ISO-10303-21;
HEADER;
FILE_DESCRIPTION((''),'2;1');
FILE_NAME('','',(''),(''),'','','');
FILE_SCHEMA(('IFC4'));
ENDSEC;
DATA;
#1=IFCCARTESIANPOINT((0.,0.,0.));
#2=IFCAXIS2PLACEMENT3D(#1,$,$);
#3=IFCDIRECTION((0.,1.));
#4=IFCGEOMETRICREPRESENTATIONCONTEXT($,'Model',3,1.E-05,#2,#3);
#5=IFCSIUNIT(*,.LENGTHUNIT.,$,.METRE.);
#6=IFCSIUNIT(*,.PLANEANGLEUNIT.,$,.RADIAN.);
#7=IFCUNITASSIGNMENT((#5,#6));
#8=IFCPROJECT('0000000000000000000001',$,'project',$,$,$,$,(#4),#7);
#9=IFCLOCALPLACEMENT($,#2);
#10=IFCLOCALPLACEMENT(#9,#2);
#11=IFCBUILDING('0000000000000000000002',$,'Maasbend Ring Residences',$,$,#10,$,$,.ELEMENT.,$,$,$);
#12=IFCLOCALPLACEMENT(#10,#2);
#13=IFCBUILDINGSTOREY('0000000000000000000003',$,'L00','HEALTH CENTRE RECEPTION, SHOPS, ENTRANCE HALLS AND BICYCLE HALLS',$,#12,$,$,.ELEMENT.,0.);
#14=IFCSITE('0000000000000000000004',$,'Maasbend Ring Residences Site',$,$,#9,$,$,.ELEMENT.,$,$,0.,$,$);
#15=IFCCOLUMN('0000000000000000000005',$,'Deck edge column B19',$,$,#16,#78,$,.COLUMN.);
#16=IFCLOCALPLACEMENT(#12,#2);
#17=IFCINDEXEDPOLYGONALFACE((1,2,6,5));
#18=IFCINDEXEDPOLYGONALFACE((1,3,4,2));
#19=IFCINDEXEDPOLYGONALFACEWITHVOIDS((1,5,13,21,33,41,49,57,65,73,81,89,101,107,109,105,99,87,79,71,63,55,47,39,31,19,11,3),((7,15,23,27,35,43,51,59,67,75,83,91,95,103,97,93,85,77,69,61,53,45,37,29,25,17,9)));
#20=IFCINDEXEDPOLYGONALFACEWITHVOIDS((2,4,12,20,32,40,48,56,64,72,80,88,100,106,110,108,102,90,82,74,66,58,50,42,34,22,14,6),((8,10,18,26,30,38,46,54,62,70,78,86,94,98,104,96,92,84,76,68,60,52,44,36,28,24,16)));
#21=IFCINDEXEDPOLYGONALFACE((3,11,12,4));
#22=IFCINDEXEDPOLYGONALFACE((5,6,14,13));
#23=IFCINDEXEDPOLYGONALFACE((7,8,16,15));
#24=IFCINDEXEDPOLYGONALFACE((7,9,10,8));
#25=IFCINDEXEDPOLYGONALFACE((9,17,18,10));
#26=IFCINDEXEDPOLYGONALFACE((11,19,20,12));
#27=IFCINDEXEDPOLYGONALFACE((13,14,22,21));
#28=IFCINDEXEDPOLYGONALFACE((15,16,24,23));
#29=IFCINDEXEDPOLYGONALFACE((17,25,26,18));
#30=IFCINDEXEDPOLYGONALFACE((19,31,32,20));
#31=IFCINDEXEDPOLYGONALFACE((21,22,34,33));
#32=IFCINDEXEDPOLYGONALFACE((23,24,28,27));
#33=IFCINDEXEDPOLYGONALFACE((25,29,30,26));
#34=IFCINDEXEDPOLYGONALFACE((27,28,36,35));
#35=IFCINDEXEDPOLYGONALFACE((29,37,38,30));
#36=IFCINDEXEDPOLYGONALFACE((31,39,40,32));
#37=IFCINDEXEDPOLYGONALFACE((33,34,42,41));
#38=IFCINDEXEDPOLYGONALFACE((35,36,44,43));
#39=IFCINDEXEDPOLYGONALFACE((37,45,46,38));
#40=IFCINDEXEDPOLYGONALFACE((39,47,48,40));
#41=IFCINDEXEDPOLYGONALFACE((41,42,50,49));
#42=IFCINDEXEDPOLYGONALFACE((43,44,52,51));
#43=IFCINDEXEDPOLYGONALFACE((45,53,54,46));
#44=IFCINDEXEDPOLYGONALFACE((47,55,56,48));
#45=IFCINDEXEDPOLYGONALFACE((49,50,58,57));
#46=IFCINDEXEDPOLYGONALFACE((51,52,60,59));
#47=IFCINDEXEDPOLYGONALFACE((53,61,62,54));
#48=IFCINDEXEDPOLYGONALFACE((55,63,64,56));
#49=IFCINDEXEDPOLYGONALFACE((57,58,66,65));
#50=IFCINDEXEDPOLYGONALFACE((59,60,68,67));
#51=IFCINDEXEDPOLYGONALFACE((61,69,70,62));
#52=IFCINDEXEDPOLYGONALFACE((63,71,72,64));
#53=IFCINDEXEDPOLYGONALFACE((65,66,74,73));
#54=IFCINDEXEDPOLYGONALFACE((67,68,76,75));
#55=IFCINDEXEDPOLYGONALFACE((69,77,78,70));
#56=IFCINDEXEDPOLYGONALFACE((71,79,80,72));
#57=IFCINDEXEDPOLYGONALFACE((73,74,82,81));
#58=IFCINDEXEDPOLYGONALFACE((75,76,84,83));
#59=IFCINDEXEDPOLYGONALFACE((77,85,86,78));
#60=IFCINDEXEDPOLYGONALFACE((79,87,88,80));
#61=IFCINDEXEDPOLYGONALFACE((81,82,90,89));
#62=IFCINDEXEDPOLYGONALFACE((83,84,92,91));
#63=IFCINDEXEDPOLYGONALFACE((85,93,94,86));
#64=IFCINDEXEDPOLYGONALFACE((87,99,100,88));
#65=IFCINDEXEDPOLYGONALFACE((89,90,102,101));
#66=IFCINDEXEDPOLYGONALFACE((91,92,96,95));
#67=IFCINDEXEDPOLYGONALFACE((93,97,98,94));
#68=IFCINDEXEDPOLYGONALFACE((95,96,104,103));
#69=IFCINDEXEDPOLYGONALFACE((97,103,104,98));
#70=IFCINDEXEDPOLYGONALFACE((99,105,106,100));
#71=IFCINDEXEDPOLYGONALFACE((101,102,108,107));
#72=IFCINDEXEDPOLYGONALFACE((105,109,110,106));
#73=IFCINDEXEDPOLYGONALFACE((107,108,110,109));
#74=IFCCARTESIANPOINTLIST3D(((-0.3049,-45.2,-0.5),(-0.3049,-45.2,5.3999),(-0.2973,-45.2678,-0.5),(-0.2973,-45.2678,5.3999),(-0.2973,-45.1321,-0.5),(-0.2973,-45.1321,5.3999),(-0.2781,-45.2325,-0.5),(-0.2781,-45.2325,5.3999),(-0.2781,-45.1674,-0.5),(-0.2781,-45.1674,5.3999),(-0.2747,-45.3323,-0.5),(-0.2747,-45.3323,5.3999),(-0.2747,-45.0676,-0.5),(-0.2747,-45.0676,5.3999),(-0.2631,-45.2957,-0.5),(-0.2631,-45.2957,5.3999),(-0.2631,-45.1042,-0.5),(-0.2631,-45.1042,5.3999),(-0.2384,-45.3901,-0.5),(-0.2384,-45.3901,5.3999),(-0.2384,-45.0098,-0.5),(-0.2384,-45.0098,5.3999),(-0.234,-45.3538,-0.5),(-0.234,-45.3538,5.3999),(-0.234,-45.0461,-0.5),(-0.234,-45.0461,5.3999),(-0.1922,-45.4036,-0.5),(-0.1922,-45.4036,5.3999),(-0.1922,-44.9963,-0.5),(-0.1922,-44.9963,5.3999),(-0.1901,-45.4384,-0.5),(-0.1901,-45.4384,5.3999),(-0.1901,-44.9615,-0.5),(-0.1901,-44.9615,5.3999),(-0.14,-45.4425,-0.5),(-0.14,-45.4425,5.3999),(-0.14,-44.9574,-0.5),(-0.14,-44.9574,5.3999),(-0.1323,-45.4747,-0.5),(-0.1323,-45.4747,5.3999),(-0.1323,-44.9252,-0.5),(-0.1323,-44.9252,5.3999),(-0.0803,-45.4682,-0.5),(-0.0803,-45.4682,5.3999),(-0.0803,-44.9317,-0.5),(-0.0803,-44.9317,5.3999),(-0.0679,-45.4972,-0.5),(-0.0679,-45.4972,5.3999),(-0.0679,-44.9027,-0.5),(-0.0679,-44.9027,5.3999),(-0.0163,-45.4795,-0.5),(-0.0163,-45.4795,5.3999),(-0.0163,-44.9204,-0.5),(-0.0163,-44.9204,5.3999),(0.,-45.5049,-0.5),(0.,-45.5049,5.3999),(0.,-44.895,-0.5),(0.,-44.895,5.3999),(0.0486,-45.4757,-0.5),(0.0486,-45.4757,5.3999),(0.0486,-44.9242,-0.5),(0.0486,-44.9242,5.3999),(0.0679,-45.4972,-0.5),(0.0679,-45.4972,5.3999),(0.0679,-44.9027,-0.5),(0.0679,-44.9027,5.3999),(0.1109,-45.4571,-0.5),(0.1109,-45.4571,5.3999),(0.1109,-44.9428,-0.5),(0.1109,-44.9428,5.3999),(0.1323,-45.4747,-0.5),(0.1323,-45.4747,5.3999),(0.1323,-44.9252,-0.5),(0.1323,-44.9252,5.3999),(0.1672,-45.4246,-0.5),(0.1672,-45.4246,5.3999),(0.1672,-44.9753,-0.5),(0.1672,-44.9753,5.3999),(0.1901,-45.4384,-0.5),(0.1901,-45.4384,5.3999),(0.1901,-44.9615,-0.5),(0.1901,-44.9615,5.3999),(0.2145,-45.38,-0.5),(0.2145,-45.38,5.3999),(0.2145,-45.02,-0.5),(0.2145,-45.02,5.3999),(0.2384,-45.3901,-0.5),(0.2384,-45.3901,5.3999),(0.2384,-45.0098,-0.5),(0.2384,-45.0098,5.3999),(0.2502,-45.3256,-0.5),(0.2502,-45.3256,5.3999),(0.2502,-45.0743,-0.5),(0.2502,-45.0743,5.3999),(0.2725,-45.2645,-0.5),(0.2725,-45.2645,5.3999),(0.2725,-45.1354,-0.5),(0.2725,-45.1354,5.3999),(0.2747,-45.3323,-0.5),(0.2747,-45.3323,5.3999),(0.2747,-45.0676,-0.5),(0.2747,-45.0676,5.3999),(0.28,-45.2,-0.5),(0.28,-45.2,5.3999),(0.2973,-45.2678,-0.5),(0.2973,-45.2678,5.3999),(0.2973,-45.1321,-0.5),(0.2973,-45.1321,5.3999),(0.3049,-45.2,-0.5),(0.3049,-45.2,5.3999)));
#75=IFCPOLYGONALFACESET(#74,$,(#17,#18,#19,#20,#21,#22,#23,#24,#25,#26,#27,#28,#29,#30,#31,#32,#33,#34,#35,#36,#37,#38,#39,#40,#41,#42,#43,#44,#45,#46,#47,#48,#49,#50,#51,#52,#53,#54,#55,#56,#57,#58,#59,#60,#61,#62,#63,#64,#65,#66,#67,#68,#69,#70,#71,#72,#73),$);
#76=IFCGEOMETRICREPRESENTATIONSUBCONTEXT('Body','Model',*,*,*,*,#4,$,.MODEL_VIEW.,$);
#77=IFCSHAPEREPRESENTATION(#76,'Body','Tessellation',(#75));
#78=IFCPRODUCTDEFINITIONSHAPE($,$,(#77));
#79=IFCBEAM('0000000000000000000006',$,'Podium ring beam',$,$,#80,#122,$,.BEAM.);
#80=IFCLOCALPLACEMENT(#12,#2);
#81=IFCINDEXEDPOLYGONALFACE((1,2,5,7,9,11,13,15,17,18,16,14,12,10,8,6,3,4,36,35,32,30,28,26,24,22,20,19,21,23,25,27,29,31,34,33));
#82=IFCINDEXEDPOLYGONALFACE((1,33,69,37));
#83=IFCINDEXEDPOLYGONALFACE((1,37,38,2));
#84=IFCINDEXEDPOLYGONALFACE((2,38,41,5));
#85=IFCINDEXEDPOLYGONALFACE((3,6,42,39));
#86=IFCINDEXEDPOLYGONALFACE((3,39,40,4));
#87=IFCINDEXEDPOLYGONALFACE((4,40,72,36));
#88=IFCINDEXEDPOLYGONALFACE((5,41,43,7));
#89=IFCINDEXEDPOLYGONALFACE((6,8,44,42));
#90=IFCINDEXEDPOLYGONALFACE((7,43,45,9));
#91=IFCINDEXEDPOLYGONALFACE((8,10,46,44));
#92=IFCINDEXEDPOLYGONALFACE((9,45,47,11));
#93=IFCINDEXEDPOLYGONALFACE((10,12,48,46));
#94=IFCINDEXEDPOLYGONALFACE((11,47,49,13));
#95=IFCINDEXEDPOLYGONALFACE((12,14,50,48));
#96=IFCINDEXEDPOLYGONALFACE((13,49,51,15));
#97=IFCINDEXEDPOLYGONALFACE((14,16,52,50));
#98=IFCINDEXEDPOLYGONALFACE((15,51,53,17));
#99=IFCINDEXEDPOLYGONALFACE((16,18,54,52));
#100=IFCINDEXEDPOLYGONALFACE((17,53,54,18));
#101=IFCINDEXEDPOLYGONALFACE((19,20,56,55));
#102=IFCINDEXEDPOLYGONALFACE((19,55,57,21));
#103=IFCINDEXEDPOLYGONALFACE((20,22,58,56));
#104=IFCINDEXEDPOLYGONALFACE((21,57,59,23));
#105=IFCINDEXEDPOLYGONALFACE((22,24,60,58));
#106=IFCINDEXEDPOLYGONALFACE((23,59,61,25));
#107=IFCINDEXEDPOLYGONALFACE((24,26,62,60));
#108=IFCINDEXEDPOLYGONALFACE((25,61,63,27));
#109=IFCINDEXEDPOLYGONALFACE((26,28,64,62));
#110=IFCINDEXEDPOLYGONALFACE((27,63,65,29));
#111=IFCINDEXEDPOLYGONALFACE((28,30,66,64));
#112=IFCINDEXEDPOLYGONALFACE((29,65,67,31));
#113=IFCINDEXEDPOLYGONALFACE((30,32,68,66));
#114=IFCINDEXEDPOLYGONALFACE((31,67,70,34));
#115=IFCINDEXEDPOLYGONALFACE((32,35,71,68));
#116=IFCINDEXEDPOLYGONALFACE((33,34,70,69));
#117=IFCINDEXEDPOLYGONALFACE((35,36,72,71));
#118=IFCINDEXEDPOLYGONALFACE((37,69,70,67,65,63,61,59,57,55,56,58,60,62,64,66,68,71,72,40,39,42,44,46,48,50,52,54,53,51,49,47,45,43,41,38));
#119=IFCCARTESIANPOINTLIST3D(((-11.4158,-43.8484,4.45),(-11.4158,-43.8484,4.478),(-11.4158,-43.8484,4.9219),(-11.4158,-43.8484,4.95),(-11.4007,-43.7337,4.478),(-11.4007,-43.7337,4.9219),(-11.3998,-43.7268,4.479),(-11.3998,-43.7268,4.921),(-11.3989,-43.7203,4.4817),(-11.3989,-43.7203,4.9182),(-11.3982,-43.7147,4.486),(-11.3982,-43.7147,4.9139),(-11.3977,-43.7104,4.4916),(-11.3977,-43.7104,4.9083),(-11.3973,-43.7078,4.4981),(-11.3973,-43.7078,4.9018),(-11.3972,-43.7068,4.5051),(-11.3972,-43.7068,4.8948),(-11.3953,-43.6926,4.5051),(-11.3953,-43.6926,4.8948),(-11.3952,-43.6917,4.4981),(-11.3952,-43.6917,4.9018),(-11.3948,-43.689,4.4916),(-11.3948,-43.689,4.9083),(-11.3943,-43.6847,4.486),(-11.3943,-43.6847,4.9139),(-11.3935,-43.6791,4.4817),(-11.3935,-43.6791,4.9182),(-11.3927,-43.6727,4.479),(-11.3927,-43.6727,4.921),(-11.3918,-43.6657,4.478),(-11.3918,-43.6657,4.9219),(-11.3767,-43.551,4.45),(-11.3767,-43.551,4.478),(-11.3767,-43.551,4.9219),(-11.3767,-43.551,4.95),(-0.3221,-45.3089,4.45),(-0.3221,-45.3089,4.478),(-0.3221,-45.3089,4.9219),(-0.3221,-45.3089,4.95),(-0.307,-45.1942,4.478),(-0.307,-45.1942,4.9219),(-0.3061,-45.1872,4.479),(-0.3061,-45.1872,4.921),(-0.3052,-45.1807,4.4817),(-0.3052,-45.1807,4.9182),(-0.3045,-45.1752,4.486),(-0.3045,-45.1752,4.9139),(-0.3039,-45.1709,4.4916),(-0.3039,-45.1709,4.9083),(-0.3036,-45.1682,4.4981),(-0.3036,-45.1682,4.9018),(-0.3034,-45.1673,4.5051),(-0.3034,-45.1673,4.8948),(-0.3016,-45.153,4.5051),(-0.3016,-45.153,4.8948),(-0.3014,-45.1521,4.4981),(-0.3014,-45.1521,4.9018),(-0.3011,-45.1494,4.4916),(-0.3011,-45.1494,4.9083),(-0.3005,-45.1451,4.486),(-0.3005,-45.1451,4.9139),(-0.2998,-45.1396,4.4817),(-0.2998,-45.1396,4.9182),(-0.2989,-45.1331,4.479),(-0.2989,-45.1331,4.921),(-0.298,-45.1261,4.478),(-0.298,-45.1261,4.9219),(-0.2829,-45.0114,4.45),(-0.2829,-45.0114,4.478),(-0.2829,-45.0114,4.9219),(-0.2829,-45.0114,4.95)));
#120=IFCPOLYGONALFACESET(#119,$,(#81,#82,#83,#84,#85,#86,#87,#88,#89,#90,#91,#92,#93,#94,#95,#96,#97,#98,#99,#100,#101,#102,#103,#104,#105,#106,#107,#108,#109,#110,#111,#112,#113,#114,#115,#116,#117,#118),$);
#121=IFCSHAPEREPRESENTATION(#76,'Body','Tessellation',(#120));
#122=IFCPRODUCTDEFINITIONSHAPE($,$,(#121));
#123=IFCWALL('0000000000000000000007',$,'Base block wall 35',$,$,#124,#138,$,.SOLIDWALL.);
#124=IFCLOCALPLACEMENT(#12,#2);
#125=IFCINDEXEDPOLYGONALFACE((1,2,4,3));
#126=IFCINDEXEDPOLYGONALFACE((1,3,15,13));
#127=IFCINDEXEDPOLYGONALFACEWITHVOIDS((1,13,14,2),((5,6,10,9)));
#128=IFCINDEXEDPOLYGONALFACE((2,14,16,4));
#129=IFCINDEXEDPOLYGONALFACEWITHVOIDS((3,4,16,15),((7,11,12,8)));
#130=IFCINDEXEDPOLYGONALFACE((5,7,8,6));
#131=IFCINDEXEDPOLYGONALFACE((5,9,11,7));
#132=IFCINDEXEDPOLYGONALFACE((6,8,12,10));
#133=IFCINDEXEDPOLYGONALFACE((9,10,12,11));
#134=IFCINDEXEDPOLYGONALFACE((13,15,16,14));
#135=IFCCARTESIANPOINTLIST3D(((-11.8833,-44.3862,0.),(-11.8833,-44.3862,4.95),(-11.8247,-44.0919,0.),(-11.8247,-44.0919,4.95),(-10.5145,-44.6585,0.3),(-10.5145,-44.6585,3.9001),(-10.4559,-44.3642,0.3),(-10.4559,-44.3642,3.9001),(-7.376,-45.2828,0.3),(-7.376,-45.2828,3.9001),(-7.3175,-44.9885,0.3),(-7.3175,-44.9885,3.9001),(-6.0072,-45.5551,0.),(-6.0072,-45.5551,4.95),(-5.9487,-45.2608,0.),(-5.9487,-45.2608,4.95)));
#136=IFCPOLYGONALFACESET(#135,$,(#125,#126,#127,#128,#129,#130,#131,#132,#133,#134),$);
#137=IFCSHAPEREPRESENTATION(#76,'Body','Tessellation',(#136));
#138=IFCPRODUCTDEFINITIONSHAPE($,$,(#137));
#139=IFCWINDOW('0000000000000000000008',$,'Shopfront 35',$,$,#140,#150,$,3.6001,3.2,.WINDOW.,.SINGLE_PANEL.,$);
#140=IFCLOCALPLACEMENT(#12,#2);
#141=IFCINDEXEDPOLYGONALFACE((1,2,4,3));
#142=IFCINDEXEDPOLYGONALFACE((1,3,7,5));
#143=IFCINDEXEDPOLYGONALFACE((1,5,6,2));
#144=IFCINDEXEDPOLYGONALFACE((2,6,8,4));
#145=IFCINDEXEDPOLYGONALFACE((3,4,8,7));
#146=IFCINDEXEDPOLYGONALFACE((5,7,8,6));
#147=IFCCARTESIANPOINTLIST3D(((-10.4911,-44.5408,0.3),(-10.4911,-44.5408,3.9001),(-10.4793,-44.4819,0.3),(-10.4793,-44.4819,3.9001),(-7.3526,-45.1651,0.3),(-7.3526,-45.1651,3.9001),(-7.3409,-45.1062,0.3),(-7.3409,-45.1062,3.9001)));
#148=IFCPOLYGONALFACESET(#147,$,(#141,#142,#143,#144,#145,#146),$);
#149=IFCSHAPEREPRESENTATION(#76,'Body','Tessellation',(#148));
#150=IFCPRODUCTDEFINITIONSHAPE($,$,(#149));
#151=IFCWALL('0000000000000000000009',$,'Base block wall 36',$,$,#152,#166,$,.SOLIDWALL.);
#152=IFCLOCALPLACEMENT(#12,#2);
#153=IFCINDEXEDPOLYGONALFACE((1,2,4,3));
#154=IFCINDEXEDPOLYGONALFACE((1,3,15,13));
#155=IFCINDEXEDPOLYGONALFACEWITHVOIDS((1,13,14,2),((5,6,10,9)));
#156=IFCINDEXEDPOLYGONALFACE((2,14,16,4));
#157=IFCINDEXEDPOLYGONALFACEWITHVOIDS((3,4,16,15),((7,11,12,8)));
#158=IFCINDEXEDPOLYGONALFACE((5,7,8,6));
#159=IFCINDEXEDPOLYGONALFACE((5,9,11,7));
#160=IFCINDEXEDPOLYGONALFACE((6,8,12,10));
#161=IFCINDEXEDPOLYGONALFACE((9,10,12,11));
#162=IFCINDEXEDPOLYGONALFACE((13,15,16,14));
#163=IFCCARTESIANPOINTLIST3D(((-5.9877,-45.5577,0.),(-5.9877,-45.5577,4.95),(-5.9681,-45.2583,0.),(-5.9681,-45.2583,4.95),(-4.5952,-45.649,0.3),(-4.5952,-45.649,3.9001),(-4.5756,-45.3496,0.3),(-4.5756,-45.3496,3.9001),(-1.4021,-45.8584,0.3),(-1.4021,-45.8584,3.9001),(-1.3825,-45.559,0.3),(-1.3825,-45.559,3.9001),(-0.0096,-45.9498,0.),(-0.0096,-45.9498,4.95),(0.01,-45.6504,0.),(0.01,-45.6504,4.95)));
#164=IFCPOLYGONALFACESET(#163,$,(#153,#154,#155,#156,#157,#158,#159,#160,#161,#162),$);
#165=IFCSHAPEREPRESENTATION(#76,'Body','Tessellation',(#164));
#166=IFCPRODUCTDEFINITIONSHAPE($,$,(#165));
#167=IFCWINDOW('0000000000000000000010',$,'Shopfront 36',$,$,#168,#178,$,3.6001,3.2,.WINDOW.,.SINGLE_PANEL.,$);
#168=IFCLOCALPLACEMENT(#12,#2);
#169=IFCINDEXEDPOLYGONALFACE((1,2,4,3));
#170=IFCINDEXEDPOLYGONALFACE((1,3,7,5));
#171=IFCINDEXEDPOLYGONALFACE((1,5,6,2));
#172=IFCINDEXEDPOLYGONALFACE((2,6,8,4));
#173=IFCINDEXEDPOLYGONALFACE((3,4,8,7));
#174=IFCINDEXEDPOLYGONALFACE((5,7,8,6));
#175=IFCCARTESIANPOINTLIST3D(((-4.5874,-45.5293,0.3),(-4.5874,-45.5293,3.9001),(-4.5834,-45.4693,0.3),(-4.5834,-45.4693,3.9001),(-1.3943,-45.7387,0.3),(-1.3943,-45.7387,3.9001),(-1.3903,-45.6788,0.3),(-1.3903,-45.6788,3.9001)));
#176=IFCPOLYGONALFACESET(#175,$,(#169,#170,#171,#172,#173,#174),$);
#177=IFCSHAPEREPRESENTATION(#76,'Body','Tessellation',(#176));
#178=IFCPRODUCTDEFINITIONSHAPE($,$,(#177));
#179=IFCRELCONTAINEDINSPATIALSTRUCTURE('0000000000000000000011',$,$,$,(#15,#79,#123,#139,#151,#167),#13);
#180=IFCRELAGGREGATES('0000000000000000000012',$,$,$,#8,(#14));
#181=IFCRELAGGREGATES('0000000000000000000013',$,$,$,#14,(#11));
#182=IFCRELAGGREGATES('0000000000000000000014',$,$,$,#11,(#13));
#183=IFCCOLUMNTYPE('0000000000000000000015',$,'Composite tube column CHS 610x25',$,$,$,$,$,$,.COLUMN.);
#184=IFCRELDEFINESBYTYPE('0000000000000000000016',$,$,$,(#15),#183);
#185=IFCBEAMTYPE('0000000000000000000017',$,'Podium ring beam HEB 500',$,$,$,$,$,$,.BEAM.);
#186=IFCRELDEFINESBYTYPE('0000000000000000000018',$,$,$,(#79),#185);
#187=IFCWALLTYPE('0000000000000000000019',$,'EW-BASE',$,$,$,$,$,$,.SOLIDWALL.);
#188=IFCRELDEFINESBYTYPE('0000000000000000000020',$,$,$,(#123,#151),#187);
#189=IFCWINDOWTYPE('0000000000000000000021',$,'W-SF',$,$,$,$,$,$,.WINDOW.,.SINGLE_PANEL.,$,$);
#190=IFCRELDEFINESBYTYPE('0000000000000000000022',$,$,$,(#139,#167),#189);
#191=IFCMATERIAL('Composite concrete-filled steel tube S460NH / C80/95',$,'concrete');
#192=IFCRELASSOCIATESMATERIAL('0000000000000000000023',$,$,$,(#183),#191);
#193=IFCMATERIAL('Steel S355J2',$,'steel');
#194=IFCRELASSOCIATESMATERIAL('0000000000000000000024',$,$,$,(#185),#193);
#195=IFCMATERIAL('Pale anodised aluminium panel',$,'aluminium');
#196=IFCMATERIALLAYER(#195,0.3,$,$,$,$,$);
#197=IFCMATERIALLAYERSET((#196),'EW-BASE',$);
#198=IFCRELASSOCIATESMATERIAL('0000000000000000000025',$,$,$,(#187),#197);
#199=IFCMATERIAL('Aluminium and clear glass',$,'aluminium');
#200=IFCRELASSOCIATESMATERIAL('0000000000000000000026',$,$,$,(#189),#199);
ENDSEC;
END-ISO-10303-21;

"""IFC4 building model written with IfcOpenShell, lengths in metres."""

from ifc_helpers import new_model, si_unit, direction, frame, frame_2d, origin, origin_2d, place, context, subcontext, project, spatial, rectangle, hollow_circle, i_section, extrude, material, layer, layer_set, material_profile, profile_set, type_object, element, fill, save


model = new_model("IFC4")

# Units and contexts
model_context = context("Model", 3, precision=1e-05, world=origin(), true_north=direction((0.0, 1.0)))
body_context = subcontext(model_context, "Body", "Model", "MODEL_VIEW")
ifc_project = project(units=[si_unit("LENGTHUNIT", "METRE"), si_unit("PLANEANGLEUNIT", "RADIAN")], contexts=[model_context])

# Site, building, storey
site_placement = place(None, origin())
site = spatial("IfcSite", under=ifc_project, at=site_placement, Name="Maasbend Ring Residences Site", CompositionType="ELEMENT", RefElevation=0.0)
building_placement = place(site_placement, origin())
building = spatial("IfcBuilding", under=site, at=building_placement, Name="Maasbend Ring Residences", CompositionType="ELEMENT")
storey_placement = place(building_placement, origin())
storey = spatial("IfcBuildingStorey", under=building, at=storey_placement, Name="L00", Description="HEALTH CENTRE RECEPTION, SHOPS, ENTRANCE HALLS AND BICYCLE HALLS", CompositionType="ELEMENT", Elevation=0.0)

# Column
ifc_material_1 = material(Name="Composite concrete-filled steel tube S460NH / C80/95", Category="concrete")
ifc_material_profile_1 = material_profile(ifc_material_1, hollow_circle(Radius=0.3049, WallThickness=0.0249, at=origin_2d()), Name="Composite tube column CHS 610x25")
ifc_profile_set_1 = profile_set([ifc_material_profile_1], Name="Composite concrete-filled steel tube S460NH / C80/95")
column_type = type_object("IfcColumnType", Name="Composite tube column CHS 610x25", PredefinedType="COLUMN", material=ifc_profile_set_1)
for number, where, z_axis, x_axis, name in (
    (1, (0.0, -45.2, -0.5), (0.0, 0.0, 1.0), (1.0, 0.0, 0.0), "Deck edge column B19"),
):
    element("IfcColumn", number, at=place(storey_placement, frame(where, z_axis=z_axis, x_axis=x_axis)), inside=storey, type_object=column_type, Name=name, PredefinedType="COLUMN", context=body_context, shape_type="SweptSolid", body=[
        extrude(hollow_circle(Radius=0.3049, WallThickness=0.0249, at=origin_2d()), origin(), (0.0, 0.0, 1.0), 5.8999),
    ])

# Beam
ifc_material_2 = material(Name="Steel S355J2", Category="steel")
ifc_material_profile_2 = material_profile(ifc_material_2, i_section(OverallWidth=0.3, OverallDepth=0.5, WebThickness=0.0144, FlangeThickness=0.0281, FilletRadius=0.0271, at=origin_2d()), Name="HEB 500")
ifc_profile_set_2 = profile_set([ifc_material_profile_2], Name="Steel S355J2")
beam_type = type_object("IfcBeamType", Name="Podium ring beam HEB 500", PredefinedType="BEAM", material=ifc_profile_set_2)
beam_placement = place(storey_placement, frame((-11.3962, -43.6997, 4.7), z_axis=(0.991446, -0.13052, 0.0), x_axis=(0.13052, 0.991446, 0.0)))
element("IfcBeam", 2, at=beam_placement, inside=storey, type_object=beam_type, Name="Podium ring beam", PredefinedType="BEAM", context=body_context, shape_type="SweptSolid", body=[
    extrude(i_section(OverallWidth=0.3, OverallDepth=0.5, WebThickness=0.0144, FlangeThickness=0.0281, FilletRadius=0.0271, at=origin_2d()), origin(), (0.0, 0.0, 1.0), 11.1895),
])

# Walls, openings, windows
ifc_material_3 = material(Name="Pale anodised aluminium panel", Category="aluminium")
ifc_layer_1 = layer(ifc_material_3, 0.3)
ifc_layer_set_1 = layer_set([ifc_layer_1], Name="EW-BASE")
wall_type_1 = type_object("IfcWallType", Name="EW-BASE", PredefinedType="SOLIDWALL", material=ifc_layer_set_1)
wall_1_placement = place(storey_placement, frame((-11.854, -44.239, 0.0), z_axis=(0.0, 0.0, 1.0), x_axis=(0.980781, -0.195113, 0.0)))
wall_1 = element("IfcWall", 3, at=wall_1_placement, inside=storey, type_object=wall_type_1, Name="Base block wall 35", PredefinedType="SOLIDWALL", context=body_context, shape_type="SweptSolid", body=[
    extrude(rectangle(XDim=5.9912, YDim=0.3, at=frame_2d((2.9956, 0.0))), origin(), (0.0, 0.0, 1.0), 4.95),
])
opening_1_placement = place(wall_1_placement, frame((1.3955, 0.0, 0.3)))
opening_1 = element("IfcOpeningElement", 4, at=opening_1_placement, cuts=wall_1, PredefinedType="OPENING", context=body_context, shape_type="SweptSolid", body=[
    extrude(rectangle(XDim=3.2, YDim=3.6001, at=frame_2d((1.6001, 1.8))), frame((0.0, 0.1602, 0.0), z_axis=(0.0, -1.0, 0.0), x_axis=(1.0, 0.0, 0.0)), (0.0, 0.0, 1.0), 0.3201),
])
ifc_material_4 = material(Name="Aluminium and clear glass", Category="aluminium")
window_type = type_object("IfcWindowType", Name="W-SF", PartitioningType="SINGLE_PANEL", PredefinedType="WINDOW", material=ifc_material_4)
window_1_placement = place(opening_1_placement, origin())
window_1 = element("IfcWindow", 5, at=window_1_placement, inside=storey, type_object=window_type, Name="Shopfront 35", OverallHeight=3.6001, OverallWidth=3.2, PartitioningType="SINGLE_PANEL", PredefinedType="WINDOW", context=body_context, shape_type="SweptSolid", body=[
    extrude(rectangle(XDim=3.2, YDim=3.6001, at=frame_2d((1.6001, 1.8))), frame((0.0, 0.03, 0.0), z_axis=(0.0, -1.0, 0.0), x_axis=(1.0, 0.0, 0.0)), (0.0, 0.0, 1.0), 0.0601),
])
fill(opening_1, window_1)
wall_2_placement = place(storey_placement, frame((-5.978, -45.408, 0.0), z_axis=(0.0, 0.0, 1.0), x_axis=(0.997856, -0.065448, 0.0)))
wall_2 = element("IfcWall", 6, at=wall_2_placement, inside=storey, type_object=wall_type_1, Name="Base block wall 36", PredefinedType="SOLIDWALL", context=body_context, shape_type="SweptSolid", body=[
    extrude(rectangle(XDim=5.991, YDim=0.3, at=frame_2d((2.9956, 0.0))), origin(), (0.0, 0.0, 1.0), 4.95),
])
opening_2_placement = place(wall_2_placement, frame((1.3955, 0.0, 0.3)))
opening_2 = element("IfcOpeningElement", 7, at=opening_2_placement, cuts=wall_2, PredefinedType="OPENING", context=body_context, shape_type="SweptSolid", body=[
    extrude(rectangle(XDim=3.2, YDim=3.6001, at=frame_2d((1.6001, 1.8))), frame((0.0, 0.1602, 0.0), z_axis=(0.0, -1.0, 0.0), x_axis=(1.0, 0.0, 0.0)), (0.0, 0.0, 1.0), 0.3201),
])
window_2_placement = place(opening_2_placement, origin())
window_2 = element("IfcWindow", 8, at=window_2_placement, inside=storey, type_object=window_type, Name="Shopfront 36", OverallHeight=3.6001, OverallWidth=3.2, PartitioningType="SINGLE_PANEL", PredefinedType="WINDOW", context=body_context, shape_type="SweptSolid", body=[
    extrude(rectangle(XDim=3.2, YDim=3.6001, at=frame_2d((1.6001, 1.8))), frame((0.0, 0.03, 0.0), z_axis=(0.0, -1.0, 0.0), x_axis=(1.0, 0.0, 0.0)), (0.0, 0.0, 1.0), 0.0601),
])
fill(opening_2, window_2)

save(model, "model.ifc")
